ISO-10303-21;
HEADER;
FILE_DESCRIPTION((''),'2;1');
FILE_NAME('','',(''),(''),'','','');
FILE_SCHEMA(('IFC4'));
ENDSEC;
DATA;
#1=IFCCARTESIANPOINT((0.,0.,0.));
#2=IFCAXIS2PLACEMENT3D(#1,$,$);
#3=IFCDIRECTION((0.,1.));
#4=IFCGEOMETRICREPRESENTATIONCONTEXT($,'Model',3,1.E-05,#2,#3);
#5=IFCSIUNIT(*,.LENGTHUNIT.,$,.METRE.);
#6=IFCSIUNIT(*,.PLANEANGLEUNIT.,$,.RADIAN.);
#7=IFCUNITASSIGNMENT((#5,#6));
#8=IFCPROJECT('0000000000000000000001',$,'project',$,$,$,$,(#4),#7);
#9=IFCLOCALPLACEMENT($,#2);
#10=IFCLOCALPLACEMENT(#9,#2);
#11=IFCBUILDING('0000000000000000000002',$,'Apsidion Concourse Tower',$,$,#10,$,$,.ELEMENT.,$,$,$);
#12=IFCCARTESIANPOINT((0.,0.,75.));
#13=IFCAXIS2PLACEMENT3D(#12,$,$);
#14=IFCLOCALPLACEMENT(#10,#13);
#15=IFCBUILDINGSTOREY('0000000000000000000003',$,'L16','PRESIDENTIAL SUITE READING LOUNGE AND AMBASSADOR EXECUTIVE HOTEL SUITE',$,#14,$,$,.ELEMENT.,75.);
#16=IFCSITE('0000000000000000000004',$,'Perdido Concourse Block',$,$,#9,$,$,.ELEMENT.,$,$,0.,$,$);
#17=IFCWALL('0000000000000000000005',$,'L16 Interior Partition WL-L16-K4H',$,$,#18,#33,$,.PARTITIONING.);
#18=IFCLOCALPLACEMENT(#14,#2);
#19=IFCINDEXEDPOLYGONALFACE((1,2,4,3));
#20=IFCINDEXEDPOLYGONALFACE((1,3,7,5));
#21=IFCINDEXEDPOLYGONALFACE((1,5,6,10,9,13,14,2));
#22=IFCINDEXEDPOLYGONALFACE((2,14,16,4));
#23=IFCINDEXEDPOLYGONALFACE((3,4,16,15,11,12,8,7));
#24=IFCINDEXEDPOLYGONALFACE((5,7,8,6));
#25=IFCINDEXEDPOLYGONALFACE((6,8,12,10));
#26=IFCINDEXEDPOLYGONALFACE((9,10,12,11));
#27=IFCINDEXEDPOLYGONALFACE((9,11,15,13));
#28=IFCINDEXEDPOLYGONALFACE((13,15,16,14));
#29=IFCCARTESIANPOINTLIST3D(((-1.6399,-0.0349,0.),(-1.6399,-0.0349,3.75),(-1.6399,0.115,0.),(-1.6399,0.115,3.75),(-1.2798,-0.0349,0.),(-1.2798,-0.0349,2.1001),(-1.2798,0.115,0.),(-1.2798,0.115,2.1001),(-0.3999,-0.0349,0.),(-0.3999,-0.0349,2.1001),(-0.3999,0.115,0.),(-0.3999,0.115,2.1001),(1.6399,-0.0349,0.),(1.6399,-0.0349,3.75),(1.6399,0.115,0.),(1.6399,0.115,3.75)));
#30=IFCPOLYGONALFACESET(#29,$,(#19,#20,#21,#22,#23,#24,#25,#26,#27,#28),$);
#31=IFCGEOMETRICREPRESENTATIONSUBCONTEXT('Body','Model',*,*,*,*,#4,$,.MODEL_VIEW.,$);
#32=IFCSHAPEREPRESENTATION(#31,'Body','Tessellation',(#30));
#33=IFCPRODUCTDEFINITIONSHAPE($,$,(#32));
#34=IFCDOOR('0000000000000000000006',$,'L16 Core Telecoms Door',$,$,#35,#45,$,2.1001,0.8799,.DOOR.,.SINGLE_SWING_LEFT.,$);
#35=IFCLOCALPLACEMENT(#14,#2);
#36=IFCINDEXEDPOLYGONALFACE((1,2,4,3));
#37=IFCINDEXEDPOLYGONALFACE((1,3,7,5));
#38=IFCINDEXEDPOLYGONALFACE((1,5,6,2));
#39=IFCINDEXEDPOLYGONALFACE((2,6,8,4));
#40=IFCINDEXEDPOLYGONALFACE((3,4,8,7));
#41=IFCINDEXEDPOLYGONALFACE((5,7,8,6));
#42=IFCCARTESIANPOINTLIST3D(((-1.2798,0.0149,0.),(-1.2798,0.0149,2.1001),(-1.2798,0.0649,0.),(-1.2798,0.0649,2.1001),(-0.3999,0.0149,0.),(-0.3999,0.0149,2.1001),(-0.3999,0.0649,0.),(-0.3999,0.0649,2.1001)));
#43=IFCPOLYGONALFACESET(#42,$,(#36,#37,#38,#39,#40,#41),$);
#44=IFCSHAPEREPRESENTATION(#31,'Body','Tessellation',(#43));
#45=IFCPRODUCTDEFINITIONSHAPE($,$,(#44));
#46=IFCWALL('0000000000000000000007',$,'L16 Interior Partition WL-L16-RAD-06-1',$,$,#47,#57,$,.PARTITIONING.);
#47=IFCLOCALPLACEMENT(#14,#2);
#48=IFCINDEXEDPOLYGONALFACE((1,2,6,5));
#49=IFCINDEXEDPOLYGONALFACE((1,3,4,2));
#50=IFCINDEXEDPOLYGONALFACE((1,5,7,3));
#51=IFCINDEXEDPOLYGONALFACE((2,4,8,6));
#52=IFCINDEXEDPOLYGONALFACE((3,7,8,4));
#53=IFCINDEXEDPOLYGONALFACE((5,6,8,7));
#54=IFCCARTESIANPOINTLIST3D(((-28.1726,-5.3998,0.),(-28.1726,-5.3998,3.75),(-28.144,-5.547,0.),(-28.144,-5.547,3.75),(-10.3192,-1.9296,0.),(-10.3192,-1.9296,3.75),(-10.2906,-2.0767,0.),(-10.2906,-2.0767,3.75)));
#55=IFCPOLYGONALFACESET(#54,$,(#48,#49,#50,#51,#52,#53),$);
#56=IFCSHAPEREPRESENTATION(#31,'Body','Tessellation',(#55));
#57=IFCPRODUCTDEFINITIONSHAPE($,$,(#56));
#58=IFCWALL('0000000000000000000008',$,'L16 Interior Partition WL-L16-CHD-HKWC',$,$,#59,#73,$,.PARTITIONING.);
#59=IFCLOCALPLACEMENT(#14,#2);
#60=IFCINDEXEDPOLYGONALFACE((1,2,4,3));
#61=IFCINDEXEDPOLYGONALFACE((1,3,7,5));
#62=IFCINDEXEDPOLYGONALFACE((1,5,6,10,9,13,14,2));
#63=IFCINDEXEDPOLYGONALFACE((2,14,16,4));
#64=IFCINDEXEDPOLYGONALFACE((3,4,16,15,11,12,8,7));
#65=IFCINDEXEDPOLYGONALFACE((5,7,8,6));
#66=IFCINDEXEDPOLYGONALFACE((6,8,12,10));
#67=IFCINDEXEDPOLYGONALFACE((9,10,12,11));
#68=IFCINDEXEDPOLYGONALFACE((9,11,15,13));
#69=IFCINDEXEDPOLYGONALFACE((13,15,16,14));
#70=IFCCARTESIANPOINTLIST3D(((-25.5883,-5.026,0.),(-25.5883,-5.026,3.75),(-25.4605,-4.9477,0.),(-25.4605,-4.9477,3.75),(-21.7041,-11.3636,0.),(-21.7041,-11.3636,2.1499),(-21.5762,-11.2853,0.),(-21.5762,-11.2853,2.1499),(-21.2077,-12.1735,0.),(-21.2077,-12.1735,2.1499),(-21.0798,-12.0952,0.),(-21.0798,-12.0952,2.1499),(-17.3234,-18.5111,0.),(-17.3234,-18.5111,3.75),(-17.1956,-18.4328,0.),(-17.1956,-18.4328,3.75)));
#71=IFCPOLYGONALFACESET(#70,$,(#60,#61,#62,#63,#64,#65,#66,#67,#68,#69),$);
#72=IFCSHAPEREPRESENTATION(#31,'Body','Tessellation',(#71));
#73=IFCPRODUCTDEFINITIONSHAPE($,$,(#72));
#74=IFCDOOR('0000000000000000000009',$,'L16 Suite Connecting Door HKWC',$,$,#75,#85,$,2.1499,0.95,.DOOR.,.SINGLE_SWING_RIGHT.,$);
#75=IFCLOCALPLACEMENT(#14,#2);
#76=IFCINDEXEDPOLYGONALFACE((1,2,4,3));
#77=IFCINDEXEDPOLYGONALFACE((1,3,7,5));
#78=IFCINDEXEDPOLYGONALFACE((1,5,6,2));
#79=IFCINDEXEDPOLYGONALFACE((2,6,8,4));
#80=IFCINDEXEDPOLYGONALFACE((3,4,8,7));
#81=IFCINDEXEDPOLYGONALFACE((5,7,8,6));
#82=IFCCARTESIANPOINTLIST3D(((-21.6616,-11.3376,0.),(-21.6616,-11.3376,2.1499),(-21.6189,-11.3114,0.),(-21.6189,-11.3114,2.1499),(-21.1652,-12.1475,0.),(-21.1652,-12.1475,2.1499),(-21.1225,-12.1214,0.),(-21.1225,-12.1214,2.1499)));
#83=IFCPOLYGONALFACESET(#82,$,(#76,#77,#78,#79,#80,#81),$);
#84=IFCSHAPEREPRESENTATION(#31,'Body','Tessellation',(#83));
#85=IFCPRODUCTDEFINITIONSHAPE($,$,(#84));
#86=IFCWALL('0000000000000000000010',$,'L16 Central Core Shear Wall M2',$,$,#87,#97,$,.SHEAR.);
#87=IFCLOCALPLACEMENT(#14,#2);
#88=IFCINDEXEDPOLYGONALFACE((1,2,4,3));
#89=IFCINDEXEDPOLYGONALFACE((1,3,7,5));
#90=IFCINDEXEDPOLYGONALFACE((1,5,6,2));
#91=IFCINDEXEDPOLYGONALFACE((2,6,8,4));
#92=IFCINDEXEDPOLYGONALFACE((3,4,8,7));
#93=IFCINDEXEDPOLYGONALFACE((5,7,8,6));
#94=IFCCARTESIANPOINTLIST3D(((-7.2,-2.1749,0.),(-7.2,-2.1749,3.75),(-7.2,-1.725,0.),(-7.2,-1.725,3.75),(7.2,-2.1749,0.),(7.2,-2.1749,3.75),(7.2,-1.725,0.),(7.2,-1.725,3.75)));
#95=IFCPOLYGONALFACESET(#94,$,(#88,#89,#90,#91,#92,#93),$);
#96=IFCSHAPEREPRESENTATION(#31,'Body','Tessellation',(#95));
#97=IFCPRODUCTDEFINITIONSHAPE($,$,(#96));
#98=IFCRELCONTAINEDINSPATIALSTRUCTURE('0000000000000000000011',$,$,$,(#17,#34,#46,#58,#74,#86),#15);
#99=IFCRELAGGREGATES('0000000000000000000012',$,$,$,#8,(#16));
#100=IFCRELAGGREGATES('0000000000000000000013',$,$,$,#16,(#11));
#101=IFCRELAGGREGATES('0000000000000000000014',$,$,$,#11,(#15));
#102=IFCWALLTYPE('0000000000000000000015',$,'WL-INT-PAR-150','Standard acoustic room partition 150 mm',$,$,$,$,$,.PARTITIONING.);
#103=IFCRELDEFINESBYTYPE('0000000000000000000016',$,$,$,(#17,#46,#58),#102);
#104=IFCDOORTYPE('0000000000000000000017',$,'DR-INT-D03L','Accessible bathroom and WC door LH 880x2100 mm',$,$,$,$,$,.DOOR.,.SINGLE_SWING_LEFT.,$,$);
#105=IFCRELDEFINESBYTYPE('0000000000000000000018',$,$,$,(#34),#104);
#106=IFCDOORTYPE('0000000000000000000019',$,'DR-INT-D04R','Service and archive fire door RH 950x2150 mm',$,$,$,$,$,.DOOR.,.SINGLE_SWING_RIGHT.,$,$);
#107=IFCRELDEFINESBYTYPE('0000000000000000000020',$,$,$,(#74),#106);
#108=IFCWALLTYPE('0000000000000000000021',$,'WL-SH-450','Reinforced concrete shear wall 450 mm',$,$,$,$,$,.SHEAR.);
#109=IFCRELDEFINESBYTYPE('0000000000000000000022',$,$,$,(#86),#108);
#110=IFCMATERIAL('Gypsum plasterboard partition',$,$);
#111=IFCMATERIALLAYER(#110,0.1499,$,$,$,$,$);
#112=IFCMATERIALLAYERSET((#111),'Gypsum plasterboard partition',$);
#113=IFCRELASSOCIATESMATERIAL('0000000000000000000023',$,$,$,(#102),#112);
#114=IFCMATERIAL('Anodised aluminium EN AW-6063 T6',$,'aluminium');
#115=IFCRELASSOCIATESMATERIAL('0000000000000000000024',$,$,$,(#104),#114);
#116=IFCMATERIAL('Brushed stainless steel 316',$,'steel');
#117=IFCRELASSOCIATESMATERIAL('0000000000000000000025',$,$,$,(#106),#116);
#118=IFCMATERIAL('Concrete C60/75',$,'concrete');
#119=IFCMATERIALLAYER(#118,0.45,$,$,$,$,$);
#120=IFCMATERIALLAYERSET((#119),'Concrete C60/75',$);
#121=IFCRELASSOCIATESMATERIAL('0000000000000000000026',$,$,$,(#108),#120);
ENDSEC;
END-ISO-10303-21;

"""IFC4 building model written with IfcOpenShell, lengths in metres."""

from ifc_helpers import new_model, si_unit, direction, frame, frame_2d, origin, place, context, subcontext, project, spatial, rectangle, extrude, material, layer, layer_set, type_object, element, fill, save


model = new_model("IFC4")

# Units and contexts
model_context = context("Model", 3, precision=1e-05, world=origin(), true_north=direction((0.0, 1.0)))
body_context = subcontext(model_context, "Body", "Model", "MODEL_VIEW")
ifc_project = project(units=[si_unit("LENGTHUNIT", "METRE"), si_unit("PLANEANGLEUNIT", "RADIAN")], contexts=[model_context])

# Site, building, storey
site_placement = place(None, origin())
site = spatial("IfcSite", under=ifc_project, at=site_placement, Name="Perdido Concourse Block", CompositionType="ELEMENT", RefElevation=0.0)
building_placement = place(site_placement, origin())
building = spatial("IfcBuilding", under=site, at=building_placement, Name="Apsidion Concourse Tower", CompositionType="ELEMENT")
storey_placement = place(building_placement, frame((0.0, 0.0, 75.0)))
storey = spatial("IfcBuildingStorey", under=building, at=storey_placement, Name="L16", Description="PRESIDENTIAL SUITE READING LOUNGE AND AMBASSADOR EXECUTIVE HOTEL SUITE", CompositionType="ELEMENT", Elevation=75.0)

# Shared definitions
ifc_material_1 = material(Name="Gypsum plasterboard partition")
ifc_layer_1 = layer(ifc_material_1, 0.1499)
ifc_layer_set_1 = layer_set([ifc_layer_1], Name="Gypsum plasterboard partition")
wall_type_1 = type_object("IfcWallType", Name="WL-INT-PAR-150", Description="Standard acoustic room partition 150 mm", PredefinedType="PARTITIONING", material=ifc_layer_set_1)

# Wall, opening, door
wall_1_placement = place(storey_placement, frame((-1.6399, 0.04, 0.0), z_axis=(0.0, 0.0, 1.0), x_axis=(1.0, 0.0, 0.0)))
wall_1 = element("IfcWall", 1, at=wall_1_placement, inside=storey, type_object=wall_type_1, Name="L16 Interior Partition WL-L16-K4H", PredefinedType="PARTITIONING", context=body_context, shape_type="SweptSolid", body=[
    extrude(rectangle(XDim=3.2798, YDim=0.1499, at=frame_2d((1.6399, 0.0))), origin(), (0.0, 0.0, 1.0), 3.75),
])
opening_1_placement = place(wall_1_placement, frame((0.3601, 0.0, 0.0)))
opening_1 = element("IfcOpeningElement", 2, at=opening_1_placement, cuts=wall_1, PredefinedType="OPENING", context=body_context, shape_type="SweptSolid", body=[
    extrude(rectangle(XDim=0.8799, YDim=2.1001, at=frame_2d((0.4399, 1.05))), frame((0.0, 0.085, 0.0), z_axis=(0.0, -1.0, 0.0), x_axis=(1.0, 0.0, 0.0)), (0.0, 0.0, 1.0), 0.1699),
])
ifc_material_2 = material(Name="Anodised aluminium EN AW-6063 T6", Category="aluminium")
door_type_1 = type_object("IfcDoorType", Name="DR-INT-D03L", Description="Accessible bathroom and WC door LH 880x2100 mm", OperationType="SINGLE_SWING_LEFT", PredefinedType="DOOR", material=ifc_material_2)
door_1_placement = place(opening_1_placement, origin())
door_1 = element("IfcDoor", 3, at=door_1_placement, inside=storey, type_object=door_type_1, Name="L16 Core Telecoms Door", OperationType="SINGLE_SWING_LEFT", OverallHeight=2.1001, OverallWidth=0.8799, PredefinedType="DOOR", context=body_context, shape_type="SweptSolid", body=[
    extrude(rectangle(XDim=0.8799, YDim=2.1001, at=frame_2d((0.4399, 1.05))), frame((0.0, 0.0249, 0.0), z_axis=(0.0, -1.0, 0.0), x_axis=(1.0, 0.0, 0.0)), (0.0, 0.0, 1.0), 0.05),
])
fill(opening_1, door_1)

# Wall
wall_2_placement = place(storey_placement, frame((-10.3049, -2.0032, 0.0), z_axis=(0.0, 0.0, 1.0), x_axis=(-0.981628, -0.190803, 0.0)))
element("IfcWall", 4, at=wall_2_placement, inside=storey, type_object=wall_type_1, Name="L16 Interior Partition WL-L16-RAD-06-1", PredefinedType="PARTITIONING", context=body_context, shape_type="SweptSolid", body=[
    extrude(rectangle(XDim=18.1875, YDim=0.1499, at=frame_2d((9.0938, 0.0))), origin(), (0.0, 0.0, 1.0), 3.75),
])

# Wall, opening, door
wall_3_placement = place(storey_placement, frame((-25.5244, -4.9868, 0.0), z_axis=(0.0, 0.0, 1.0), x_axis=(0.522554, -0.852606, 0.0)))
wall_3 = element("IfcWall", 5, at=wall_3_placement, inside=storey, type_object=wall_type_1, Name="L16 Interior Partition WL-L16-CHD-HKWC", PredefinedType="PARTITIONING", context=body_context, shape_type="SweptSolid", body=[
    extrude(rectangle(XDim=15.8164, YDim=0.1499, at=frame_2d((7.9082, 0.0))), origin(), (0.0, 0.0, 1.0), 3.75),
])
opening_2_placement = place(wall_3_placement, frame((7.4331, 0.0, 0.0)))
opening_2 = element("IfcOpeningElement", 6, at=opening_2_placement, cuts=wall_3, PredefinedType="OPENING", context=body_context, shape_type="SweptSolid", body=[
    extrude(rectangle(XDim=0.95, YDim=2.1499, at=frame_2d((0.4751, 1.075))), frame((0.0, 0.085, 0.0), z_axis=(0.0, -1.0, 0.0), x_axis=(1.0, 0.0, 0.0)), (0.0, 0.0, 1.0), 0.1699),
])
ifc_material_3 = material(Name="Brushed stainless steel 316", Category="steel")
door_type_2 = type_object("IfcDoorType", Name="DR-INT-D04R", Description="Service and archive fire door RH 950x2150 mm", OperationType="SINGLE_SWING_RIGHT", PredefinedType="DOOR", material=ifc_material_3)
door_2_placement = place(opening_2_placement, origin())
door_2 = element("IfcDoor", 7, at=door_2_placement, inside=storey, type_object=door_type_2, Name="L16 Suite Connecting Door HKWC", OperationType="SINGLE_SWING_RIGHT", OverallHeight=2.1499, OverallWidth=0.95, PredefinedType="DOOR", context=body_context, shape_type="SweptSolid", body=[
    extrude(rectangle(XDim=0.95, YDim=2.1499, at=frame_2d((0.4751, 1.075))), frame((0.0, 0.0249, 0.0), z_axis=(0.0, -1.0, 0.0), x_axis=(1.0, 0.0, 0.0)), (0.0, 0.0, 1.0), 0.05),
])
fill(opening_2, door_2)

# Wall
ifc_material_4 = material(Name="Concrete C60/75", Category="concrete")
ifc_layer_2 = layer(ifc_material_4, 0.45)
ifc_layer_set_2 = layer_set([ifc_layer_2], Name="Concrete C60/75")
wall_type_2 = type_object("IfcWallType", Name="WL-SH-450", Description="Reinforced concrete shear wall 450 mm", PredefinedType="SHEAR", material=ifc_layer_set_2)
wall_4_placement = place(storey_placement, frame((-7.2, -1.95, 0.0), z_axis=(0.0, 0.0, 1.0), x_axis=(1.0, 0.0, 0.0)))
element("IfcWall", 8, at=wall_4_placement, inside=storey, type_object=wall_type_2, Name="L16 Central Core Shear Wall M2", PredefinedType="SHEAR", context=body_context, shape_type="SweptSolid", body=[
    extrude(rectangle(XDim=14.3999, YDim=0.45, at=frame_2d((7.2, 0.0))), origin(), (0.0, 0.0, 1.0), 3.75),
])

save(model, "model.ifc")
